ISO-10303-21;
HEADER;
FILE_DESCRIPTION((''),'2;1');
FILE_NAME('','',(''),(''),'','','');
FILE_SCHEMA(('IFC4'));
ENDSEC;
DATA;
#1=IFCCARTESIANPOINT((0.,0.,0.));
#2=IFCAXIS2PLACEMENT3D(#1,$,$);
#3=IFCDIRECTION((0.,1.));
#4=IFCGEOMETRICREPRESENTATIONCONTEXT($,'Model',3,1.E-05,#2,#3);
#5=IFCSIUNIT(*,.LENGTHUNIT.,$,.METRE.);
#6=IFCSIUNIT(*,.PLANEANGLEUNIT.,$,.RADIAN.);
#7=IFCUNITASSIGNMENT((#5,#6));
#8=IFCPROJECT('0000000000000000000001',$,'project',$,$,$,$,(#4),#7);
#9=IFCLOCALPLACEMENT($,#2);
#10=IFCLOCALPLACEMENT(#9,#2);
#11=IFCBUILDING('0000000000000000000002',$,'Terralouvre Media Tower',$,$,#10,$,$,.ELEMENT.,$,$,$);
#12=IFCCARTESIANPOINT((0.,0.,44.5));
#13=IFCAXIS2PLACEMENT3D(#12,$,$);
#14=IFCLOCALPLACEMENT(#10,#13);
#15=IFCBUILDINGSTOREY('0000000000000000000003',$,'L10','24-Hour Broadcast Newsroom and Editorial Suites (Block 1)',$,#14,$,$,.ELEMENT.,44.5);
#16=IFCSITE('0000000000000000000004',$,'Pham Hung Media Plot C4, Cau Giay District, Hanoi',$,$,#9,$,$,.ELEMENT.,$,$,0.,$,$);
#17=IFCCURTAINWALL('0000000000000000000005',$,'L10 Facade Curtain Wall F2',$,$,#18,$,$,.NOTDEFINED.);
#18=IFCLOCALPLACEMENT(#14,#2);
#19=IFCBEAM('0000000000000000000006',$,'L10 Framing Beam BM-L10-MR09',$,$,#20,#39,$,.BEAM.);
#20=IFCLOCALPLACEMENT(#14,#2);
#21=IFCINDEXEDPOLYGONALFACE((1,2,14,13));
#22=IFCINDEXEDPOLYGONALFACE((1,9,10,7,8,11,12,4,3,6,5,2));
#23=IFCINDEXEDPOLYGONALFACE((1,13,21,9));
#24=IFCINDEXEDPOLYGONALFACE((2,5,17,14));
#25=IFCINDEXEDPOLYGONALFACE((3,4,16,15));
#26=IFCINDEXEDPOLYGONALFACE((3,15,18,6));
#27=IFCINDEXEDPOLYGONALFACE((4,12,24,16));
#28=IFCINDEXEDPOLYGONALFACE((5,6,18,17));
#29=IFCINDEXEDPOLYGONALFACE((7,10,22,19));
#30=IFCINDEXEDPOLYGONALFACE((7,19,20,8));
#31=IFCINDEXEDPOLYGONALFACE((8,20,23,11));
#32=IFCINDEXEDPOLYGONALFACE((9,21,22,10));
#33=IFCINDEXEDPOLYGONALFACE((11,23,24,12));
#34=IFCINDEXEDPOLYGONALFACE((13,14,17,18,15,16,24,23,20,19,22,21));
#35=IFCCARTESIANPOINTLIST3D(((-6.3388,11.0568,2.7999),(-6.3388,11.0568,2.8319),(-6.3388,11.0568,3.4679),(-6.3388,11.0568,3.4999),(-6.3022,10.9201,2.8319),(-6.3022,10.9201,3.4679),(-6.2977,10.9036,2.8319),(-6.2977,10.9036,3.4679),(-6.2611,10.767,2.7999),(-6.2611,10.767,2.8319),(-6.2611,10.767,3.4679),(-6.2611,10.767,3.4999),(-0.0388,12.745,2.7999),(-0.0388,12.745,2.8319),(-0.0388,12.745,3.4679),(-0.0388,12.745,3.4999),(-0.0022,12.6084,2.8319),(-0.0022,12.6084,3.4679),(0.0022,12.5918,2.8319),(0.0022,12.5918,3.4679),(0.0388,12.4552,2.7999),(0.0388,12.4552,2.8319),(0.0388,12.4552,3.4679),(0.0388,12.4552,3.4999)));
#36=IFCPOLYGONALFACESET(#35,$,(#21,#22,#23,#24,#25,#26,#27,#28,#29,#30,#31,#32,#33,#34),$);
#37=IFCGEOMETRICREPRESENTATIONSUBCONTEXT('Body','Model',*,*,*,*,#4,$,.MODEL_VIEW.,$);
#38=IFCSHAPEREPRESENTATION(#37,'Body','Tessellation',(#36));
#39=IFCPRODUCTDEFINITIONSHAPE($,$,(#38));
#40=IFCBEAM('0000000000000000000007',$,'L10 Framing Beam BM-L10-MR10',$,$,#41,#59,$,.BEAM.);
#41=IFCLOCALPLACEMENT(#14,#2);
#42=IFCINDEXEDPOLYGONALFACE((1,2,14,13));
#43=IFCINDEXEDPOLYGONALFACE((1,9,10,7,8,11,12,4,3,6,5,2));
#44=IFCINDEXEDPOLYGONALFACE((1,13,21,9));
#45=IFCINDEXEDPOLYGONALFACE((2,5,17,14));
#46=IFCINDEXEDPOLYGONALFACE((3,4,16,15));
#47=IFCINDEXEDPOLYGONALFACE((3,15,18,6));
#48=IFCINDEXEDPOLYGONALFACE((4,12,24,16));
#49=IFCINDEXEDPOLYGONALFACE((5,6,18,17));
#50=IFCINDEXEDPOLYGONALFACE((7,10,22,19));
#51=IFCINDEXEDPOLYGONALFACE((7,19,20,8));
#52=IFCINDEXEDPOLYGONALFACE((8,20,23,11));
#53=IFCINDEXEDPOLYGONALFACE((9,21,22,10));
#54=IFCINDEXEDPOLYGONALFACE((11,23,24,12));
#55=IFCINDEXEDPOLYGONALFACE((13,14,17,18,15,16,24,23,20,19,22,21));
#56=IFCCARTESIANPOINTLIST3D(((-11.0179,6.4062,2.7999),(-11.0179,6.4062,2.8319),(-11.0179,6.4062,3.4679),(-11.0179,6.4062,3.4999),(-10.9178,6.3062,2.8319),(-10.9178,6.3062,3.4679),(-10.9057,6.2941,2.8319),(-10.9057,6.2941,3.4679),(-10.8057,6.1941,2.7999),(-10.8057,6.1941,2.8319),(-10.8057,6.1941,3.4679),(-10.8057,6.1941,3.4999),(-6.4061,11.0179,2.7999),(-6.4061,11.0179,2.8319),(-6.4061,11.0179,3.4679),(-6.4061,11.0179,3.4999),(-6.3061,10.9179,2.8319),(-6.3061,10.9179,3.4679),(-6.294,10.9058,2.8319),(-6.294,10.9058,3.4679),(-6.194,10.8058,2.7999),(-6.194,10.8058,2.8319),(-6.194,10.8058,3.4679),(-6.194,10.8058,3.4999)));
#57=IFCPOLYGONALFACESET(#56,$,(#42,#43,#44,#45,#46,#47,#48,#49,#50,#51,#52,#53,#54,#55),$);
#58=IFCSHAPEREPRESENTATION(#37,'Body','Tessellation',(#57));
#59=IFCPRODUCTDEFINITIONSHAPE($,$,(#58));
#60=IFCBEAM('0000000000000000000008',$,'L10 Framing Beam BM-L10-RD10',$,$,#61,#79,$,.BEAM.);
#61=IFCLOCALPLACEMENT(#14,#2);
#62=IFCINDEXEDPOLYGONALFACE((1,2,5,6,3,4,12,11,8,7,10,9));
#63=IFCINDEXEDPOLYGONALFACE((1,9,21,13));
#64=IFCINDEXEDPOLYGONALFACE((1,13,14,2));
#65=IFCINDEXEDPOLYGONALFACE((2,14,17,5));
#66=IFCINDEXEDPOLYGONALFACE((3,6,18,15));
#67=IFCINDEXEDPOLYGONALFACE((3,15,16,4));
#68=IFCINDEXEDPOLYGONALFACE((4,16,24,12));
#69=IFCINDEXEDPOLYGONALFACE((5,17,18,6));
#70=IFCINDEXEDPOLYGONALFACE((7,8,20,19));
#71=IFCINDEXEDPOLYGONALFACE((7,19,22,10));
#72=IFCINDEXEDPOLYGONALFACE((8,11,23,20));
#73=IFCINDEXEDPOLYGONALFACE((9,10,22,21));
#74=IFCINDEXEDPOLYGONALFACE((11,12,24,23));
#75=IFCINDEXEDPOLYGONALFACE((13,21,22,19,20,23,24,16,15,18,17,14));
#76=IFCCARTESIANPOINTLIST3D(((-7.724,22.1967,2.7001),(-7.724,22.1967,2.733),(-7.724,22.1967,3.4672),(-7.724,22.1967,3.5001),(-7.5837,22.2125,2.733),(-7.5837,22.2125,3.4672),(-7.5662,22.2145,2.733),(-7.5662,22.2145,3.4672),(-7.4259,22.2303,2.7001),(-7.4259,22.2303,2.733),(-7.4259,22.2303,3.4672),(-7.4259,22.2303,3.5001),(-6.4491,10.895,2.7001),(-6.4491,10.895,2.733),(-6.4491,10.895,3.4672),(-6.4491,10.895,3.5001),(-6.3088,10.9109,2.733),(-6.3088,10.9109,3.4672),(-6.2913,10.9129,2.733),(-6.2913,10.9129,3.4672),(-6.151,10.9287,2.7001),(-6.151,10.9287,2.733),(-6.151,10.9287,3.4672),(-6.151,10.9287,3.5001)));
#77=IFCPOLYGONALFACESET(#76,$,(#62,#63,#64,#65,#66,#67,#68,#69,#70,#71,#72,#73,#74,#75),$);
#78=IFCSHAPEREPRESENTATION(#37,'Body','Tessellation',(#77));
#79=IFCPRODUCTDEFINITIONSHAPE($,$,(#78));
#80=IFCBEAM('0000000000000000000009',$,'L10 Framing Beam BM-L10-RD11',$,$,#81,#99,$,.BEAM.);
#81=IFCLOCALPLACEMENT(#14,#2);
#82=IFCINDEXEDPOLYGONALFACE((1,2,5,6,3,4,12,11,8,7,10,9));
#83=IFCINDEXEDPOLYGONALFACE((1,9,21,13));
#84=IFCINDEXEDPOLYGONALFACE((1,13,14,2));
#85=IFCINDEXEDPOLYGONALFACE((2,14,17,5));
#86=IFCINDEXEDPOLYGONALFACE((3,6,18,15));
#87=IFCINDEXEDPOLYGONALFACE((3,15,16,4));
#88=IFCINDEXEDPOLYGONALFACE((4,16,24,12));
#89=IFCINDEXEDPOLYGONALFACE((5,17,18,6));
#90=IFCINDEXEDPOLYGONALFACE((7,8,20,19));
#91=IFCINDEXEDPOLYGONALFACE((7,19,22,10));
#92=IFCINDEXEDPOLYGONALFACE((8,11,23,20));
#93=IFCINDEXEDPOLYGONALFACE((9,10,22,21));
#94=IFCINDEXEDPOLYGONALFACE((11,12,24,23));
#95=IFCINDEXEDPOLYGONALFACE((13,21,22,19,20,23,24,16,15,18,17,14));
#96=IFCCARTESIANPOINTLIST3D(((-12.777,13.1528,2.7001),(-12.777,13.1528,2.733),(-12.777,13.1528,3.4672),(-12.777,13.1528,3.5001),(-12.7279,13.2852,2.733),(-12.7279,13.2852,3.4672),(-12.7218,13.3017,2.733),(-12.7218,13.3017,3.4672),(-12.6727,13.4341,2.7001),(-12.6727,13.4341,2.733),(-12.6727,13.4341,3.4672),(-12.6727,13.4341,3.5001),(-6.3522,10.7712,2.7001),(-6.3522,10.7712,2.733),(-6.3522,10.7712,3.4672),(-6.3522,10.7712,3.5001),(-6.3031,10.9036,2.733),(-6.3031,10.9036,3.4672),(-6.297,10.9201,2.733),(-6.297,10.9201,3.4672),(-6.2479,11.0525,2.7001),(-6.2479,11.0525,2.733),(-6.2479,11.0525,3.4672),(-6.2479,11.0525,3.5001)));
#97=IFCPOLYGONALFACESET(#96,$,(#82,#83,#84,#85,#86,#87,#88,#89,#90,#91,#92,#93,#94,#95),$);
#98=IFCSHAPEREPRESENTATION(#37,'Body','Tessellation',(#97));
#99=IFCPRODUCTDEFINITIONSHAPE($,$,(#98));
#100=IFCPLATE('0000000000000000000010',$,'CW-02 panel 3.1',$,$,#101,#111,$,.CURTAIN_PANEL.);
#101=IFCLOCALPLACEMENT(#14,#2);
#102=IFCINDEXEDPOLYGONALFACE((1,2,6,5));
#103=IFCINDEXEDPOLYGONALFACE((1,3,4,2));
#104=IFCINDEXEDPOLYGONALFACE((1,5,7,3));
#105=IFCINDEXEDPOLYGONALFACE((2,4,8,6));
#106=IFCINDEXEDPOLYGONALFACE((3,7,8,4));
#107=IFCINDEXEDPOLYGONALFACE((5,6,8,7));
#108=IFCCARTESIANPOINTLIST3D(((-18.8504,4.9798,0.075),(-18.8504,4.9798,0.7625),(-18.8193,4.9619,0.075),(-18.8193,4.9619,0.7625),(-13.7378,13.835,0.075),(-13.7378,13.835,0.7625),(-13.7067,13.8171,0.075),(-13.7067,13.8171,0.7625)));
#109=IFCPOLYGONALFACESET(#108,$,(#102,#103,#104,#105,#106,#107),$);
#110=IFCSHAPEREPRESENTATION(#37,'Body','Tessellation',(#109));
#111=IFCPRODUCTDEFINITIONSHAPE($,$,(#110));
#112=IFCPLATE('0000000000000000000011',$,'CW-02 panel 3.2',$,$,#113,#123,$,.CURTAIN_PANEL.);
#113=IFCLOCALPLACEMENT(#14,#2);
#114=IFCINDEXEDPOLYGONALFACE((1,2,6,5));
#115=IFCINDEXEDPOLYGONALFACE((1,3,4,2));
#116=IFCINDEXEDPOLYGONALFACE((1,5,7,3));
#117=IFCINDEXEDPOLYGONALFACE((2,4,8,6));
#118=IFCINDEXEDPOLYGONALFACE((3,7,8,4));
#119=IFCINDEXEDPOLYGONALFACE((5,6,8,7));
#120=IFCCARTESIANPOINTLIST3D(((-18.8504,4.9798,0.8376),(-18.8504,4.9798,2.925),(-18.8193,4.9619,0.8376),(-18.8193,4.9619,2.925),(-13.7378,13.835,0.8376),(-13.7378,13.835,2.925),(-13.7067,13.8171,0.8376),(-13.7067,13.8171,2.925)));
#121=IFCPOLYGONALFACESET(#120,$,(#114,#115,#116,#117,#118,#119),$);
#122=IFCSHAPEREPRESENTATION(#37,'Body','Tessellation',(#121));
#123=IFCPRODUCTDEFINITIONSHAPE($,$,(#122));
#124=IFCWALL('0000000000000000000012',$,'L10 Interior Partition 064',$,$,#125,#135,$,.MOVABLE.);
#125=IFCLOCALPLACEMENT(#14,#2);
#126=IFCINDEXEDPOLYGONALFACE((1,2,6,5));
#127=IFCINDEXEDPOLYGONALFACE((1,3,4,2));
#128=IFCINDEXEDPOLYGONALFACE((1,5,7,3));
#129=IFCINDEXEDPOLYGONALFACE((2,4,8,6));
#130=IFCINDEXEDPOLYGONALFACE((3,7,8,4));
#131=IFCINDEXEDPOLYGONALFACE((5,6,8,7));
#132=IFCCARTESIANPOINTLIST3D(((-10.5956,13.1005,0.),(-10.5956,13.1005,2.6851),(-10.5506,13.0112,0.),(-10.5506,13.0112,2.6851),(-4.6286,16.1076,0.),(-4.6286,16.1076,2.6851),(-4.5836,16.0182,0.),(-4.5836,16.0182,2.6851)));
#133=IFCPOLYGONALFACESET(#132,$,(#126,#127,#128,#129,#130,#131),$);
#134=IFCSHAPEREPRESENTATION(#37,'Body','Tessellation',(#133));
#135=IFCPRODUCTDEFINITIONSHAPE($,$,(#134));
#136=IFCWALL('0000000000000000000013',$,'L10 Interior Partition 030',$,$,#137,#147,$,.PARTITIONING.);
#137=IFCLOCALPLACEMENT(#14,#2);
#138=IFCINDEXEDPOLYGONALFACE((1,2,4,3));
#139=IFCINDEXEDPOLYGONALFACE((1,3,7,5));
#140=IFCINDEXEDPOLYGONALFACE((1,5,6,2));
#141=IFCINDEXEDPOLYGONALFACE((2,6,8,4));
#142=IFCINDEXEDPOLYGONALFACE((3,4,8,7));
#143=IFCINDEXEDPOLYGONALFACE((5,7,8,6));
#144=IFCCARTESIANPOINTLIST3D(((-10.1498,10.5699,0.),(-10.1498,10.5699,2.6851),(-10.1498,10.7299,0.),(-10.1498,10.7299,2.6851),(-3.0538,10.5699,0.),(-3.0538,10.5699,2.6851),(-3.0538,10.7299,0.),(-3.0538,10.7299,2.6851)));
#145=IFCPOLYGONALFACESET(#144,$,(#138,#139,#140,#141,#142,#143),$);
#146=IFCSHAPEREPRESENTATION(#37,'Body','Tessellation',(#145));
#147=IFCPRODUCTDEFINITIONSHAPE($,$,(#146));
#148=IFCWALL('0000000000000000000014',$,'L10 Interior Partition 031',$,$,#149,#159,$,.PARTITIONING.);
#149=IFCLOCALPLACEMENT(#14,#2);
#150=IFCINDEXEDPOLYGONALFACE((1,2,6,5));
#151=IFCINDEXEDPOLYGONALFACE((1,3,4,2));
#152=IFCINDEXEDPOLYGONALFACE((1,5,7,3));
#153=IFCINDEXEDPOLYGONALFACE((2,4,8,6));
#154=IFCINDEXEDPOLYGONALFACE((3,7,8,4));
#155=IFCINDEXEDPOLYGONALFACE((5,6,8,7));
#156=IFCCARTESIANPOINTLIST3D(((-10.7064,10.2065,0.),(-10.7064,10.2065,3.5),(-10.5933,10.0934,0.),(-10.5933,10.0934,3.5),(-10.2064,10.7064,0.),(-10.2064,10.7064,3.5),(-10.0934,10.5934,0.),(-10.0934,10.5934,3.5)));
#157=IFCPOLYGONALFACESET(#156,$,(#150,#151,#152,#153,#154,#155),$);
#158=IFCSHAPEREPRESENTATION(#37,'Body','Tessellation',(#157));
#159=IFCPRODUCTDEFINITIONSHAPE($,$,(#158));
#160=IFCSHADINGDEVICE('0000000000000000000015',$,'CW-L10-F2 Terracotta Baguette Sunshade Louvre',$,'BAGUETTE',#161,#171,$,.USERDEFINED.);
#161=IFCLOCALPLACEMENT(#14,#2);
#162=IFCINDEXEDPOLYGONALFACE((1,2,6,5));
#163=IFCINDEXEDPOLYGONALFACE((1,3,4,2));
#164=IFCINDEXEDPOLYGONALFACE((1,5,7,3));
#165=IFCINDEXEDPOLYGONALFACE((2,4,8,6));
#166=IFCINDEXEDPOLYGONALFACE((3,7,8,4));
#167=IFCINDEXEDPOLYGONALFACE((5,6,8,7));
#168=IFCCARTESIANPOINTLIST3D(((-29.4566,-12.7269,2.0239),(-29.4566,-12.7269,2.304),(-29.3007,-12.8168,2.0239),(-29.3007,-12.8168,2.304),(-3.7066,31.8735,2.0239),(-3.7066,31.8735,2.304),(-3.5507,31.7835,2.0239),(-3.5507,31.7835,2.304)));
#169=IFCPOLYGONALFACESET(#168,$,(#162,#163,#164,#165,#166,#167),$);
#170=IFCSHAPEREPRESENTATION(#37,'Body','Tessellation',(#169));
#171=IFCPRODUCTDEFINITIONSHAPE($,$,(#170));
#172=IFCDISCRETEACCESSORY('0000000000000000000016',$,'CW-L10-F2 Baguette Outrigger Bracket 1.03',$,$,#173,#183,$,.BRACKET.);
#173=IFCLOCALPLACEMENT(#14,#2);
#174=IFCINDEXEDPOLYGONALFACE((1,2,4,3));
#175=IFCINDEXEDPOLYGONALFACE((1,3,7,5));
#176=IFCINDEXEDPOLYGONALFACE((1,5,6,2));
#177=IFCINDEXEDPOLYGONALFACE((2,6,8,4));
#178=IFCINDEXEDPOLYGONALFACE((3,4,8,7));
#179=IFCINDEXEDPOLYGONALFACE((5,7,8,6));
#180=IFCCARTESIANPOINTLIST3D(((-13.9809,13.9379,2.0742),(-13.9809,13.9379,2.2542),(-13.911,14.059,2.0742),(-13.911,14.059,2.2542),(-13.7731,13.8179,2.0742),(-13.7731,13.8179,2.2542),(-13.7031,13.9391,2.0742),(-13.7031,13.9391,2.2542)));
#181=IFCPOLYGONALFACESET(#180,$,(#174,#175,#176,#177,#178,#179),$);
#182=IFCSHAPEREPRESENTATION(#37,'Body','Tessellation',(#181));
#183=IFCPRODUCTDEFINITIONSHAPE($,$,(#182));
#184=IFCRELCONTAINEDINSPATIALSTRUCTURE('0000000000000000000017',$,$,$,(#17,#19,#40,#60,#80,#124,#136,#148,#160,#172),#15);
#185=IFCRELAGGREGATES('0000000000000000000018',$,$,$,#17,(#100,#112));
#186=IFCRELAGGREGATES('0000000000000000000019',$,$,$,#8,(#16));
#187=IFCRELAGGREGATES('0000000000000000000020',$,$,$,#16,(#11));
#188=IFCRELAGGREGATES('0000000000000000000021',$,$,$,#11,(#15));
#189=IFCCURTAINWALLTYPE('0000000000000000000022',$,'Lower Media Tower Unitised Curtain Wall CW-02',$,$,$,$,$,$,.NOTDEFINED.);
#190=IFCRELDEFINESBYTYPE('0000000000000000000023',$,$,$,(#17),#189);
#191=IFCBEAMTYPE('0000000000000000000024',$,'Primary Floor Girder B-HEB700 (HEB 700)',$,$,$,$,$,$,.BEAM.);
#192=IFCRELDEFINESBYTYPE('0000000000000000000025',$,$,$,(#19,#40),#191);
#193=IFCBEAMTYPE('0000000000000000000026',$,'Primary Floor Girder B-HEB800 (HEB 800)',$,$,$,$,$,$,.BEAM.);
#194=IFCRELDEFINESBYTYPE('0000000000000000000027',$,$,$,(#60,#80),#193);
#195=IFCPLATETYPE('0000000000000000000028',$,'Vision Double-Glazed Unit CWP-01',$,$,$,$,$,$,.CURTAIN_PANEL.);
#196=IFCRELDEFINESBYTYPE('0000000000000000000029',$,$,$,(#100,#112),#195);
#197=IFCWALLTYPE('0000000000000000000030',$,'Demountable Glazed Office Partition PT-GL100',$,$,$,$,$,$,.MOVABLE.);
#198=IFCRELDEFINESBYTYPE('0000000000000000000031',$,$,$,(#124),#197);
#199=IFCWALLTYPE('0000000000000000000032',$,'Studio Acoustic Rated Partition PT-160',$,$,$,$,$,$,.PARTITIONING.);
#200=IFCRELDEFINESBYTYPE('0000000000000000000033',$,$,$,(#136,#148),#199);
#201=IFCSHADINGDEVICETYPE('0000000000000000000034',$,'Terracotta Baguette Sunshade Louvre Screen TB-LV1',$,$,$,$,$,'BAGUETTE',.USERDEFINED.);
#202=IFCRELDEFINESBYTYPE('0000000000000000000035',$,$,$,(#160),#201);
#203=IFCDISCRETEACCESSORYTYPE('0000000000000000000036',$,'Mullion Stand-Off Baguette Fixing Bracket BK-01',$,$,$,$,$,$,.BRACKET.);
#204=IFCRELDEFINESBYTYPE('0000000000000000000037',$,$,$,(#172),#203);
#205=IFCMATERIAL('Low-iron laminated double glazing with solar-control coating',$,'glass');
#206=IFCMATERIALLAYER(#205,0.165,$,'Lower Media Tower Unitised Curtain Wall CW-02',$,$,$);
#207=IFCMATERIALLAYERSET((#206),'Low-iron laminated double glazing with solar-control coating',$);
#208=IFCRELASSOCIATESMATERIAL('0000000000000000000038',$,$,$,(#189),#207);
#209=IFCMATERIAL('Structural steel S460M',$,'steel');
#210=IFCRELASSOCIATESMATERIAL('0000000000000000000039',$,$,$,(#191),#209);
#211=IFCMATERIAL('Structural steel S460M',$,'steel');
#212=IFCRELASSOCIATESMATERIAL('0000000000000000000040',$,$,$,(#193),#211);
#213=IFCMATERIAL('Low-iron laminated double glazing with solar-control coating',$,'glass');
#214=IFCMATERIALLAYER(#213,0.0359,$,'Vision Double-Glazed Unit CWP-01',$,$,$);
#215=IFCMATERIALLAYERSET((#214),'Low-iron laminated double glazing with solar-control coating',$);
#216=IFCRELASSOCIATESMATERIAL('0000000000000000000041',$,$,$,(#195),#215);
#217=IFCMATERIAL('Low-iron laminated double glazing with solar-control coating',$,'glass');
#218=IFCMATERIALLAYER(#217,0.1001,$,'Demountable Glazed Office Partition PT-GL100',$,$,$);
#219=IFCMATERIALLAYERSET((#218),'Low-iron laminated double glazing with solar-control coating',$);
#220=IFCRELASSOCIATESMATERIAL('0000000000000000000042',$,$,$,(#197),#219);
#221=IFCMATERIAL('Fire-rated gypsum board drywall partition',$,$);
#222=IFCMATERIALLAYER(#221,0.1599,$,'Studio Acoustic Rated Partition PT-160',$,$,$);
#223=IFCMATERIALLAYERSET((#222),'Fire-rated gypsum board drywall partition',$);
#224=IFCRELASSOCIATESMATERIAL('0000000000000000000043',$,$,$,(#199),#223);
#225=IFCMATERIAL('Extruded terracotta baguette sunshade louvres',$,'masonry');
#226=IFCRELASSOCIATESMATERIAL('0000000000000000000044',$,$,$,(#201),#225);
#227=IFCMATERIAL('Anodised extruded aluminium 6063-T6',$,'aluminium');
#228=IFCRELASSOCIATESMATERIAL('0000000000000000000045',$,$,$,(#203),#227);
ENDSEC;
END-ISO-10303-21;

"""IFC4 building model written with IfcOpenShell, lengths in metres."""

from ifc_helpers import new_model, si_unit, direction, frame, frame_2d, origin, origin_2d, place, context, subcontext, project, spatial, rectangle, i_section, extrude, material, layer, layer_set, material_profile, profile_set, type_object, element, aggregate, save


model = new_model("IFC4")

# Units and contexts
model_context = context("Model", 3, precision=1e-05, world=origin(), true_north=direction((0.0, 1.0)))
body_context = subcontext(model_context, "Body", "Model", "MODEL_VIEW")
ifc_project = project(units=[si_unit("LENGTHUNIT", "METRE"), si_unit("PLANEANGLEUNIT", "RADIAN")], contexts=[model_context])

# Site, building, storey
site_placement = place(None, origin())
site = spatial("IfcSite", under=ifc_project, at=site_placement, Name="Pham Hung Media Plot C4, Cau Giay District, Hanoi", CompositionType="ELEMENT", RefElevation=0.0)
building_placement = place(site_placement, origin())
building = spatial("IfcBuilding", under=site, at=building_placement, Name="Terralouvre Media Tower", CompositionType="ELEMENT")
storey_placement = place(building_placement, frame((0.0, 0.0, 44.5)))
storey = spatial("IfcBuildingStorey", under=building, at=storey_placement, Name="L10", Description="24-Hour Broadcast Newsroom and Editorial Suites (Block 1)", CompositionType="ELEMENT", Elevation=44.5)

# Curtain wall
ifc_material_1 = material(Name="Low-iron laminated double glazing with solar-control coating", Category="glass")
ifc_layer_1 = layer(ifc_material_1, 0.165, Name="Lower Media Tower Unitised Curtain Wall CW-02")
ifc_layer_set_1 = layer_set([ifc_layer_1], Name="Low-iron laminated double glazing with solar-control coating")
curtain_wall_type = type_object("IfcCurtainWallType", Name="Lower Media Tower Unitised Curtain Wall CW-02", PredefinedType="NOTDEFINED", material=ifc_layer_set_1)
curtain_wall_placement = place(storey_placement, origin())
curtain_wall = element("IfcCurtainWall", 1, at=curtain_wall_placement, inside=storey, type_object=curtain_wall_type, Name="L10 Facade Curtain Wall F2", PredefinedType="NOTDEFINED")

# Beams
ifc_material_2 = material(Name="Structural steel S460M", Category="steel")
ifc_material_profile_1 = material_profile(ifc_material_2, i_section(OverallWidth=0.3, OverallDepth=0.7, WebThickness=0.0171, FlangeThickness=0.032, at=origin_2d()), Name="HEB 700")
ifc_profile_set_1 = profile_set([ifc_material_profile_1], Name="Structural steel S460M")
beam_type_1 = type_object("IfcBeamType", Name="Primary Floor Girder B-HEB700 (HEB 700)", PredefinedType="BEAM", material=ifc_profile_set_1)
beam_1_placement = place(storey_placement, frame((0.0, 12.6001, 3.1499), z_axis=(-0.96592, -0.258839, 0.0), x_axis=(0.258839, -0.96592, 0.0)))
element("IfcBeam", 2, at=beam_1_placement, inside=storey, type_object=beam_type_1, Name="L10 Framing Beam BM-L10-MR09", PredefinedType="BEAM", context=body_context, shape_type="SweptSolid", body=[
    extrude(i_section(OverallWidth=0.3, OverallDepth=0.7, WebThickness=0.0171, FlangeThickness=0.032, at=origin_2d()), origin(), (0.0, 0.0, 1.0), 6.5222),
])
beam_2_placement = place(storey_placement, frame((-6.3, 10.9119, 3.1499), z_axis=(-0.707107, -0.707107, 0.0), x_axis=(0.707107, -0.707107, 0.0)))
element("IfcBeam", 3, at=beam_2_placement, inside=storey, type_object=beam_type_1, Name="L10 Framing Beam BM-L10-MR10", PredefinedType="BEAM", context=body_context, shape_type="SweptSolid", body=[
    extrude(i_section(OverallWidth=0.3, OverallDepth=0.7, WebThickness=0.0171, FlangeThickness=0.032, at=origin_2d()), origin(), (0.0, 0.0, 1.0), 6.522),
])
ifc_material_3 = material(Name="Structural steel S460M", Category="steel")
ifc_material_profile_2 = material_profile(ifc_material_3, i_section(OverallWidth=0.3, OverallDepth=0.8, WebThickness=0.0176, FlangeThickness=0.033, at=origin_2d()), Name="HEB 800")
ifc_profile_set_2 = profile_set([ifc_material_profile_2], Name="Structural steel S460M")
beam_type_2 = type_object("IfcBeamType", Name="Primary Floor Girder B-HEB800 (HEB 800)", PredefinedType="BEAM", material=ifc_profile_set_2)
beam_3_placement = place(storey_placement, frame((-6.3, 10.9119, 3.1001), z_axis=(-0.112097, 0.993697, 0.0), x_axis=(-0.993697, -0.112097, 0.0)))
element("IfcBeam", 4, at=beam_3_placement, inside=storey, type_object=beam_type_2, Name="L10 Framing Beam BM-L10-RD10", PredefinedType="BEAM", context=body_context, shape_type="SweptSolid", body=[
    extrude(i_section(OverallWidth=0.3, OverallDepth=0.8, WebThickness=0.0176, FlangeThickness=0.033, at=origin_2d()), origin(), (0.0, 0.0, 1.0), 11.3733),
])
beam_4_placement = place(storey_placement, frame((-6.3, 10.9119, 3.1001), z_axis=(-0.937652, 0.347575, 0.0), x_axis=(-0.347575, -0.937652, 0.0)))
element("IfcBeam", 5, at=beam_4_placement, inside=storey, type_object=beam_type_2, Name="L10 Framing Beam BM-L10-RD11", PredefinedType="BEAM", context=body_context, shape_type="SweptSolid", body=[
    extrude(i_section(OverallWidth=0.3, OverallDepth=0.8, WebThickness=0.0176, FlangeThickness=0.033, at=origin_2d()), origin(), (0.0, 0.0, 1.0), 6.8521),
])

# Plates
ifc_material_4 = material(Name="Low-iron laminated double glazing with solar-control coating", Category="glass")
ifc_layer_2 = layer(ifc_material_4, 0.0359, Name="Vision Double-Glazed Unit CWP-01")
ifc_layer_set_2 = layer_set([ifc_layer_2], Name="Low-iron laminated double glazing with solar-control coating")
plate_type = type_object("IfcPlateType", Name="Vision Double-Glazed Unit CWP-01", PredefinedType="CURTAIN_PANEL", material=ifc_layer_set_2)
plate_1_placement = place(storey_placement, frame((-16.2786, 9.3984, 0.075), z_axis=(0.0, 0.0, 1.0), x_axis=(-0.5, -0.866025, 0.0)))
plate_1 = element("IfcPlate", 6, at=plate_1_placement, type_object=plate_type, Name="CW-02 panel 3.1", PredefinedType="CURTAIN_PANEL", context=body_context, shape_type="SweptSolid", body=[
    extrude(rectangle(XDim=10.2251, YDim=0.0359, at=origin_2d()), origin(), (0.0, 0.0, 1.0), 0.6875),
])
plate_2_placement = place(storey_placement, frame((-16.2786, 9.3984, 0.8376), z_axis=(0.0, 0.0, 1.0), x_axis=(-0.5, -0.866025, 0.0)))
plate_2 = element("IfcPlate", 7, at=plate_2_placement, type_object=plate_type, Name="CW-02 panel 3.2", PredefinedType="CURTAIN_PANEL", context=body_context, shape_type="SweptSolid", body=[
    extrude(rectangle(XDim=10.2251, YDim=0.0359, at=origin_2d()), origin(), (0.0, 0.0, 1.0), 2.0874),
])
aggregate(curtain_wall, [plate_1, plate_2])

# Walls
ifc_material_5 = material(Name="Low-iron laminated double glazing with solar-control coating", Category="glass")
ifc_layer_3 = layer(ifc_material_5, 0.1001, Name="Demountable Glazed Office Partition PT-GL100")
ifc_layer_set_3 = layer_set([ifc_layer_3], Name="Low-iron laminated double glazing with solar-control coating")
wall_type_1 = type_object("IfcWallType", Name="Demountable Glazed Office Partition PT-GL100", PredefinedType="MOVABLE", material=ifc_layer_set_3)
wall_1_placement = place(storey_placement, frame((-10.573, 13.0559, 0.0), z_axis=(0.0, 0.0, 1.0), x_axis=(0.893012, 0.450032, 0.0)))
element("IfcWall", 8, at=wall_1_placement, inside=storey, type_object=wall_type_1, Name="L10 Interior Partition 064", PredefinedType="MOVABLE", context=body_context, shape_type="SweptSolid", body=[
    extrude(rectangle(XDim=6.6819, YDim=0.1001, at=frame_2d((3.3408, 0.0))), origin(), (0.0, 0.0, 1.0), 2.6851),
])
ifc_material_6 = material(Name="Fire-rated gypsum board drywall partition")
ifc_layer_4 = layer(ifc_material_6, 0.1599, Name="Studio Acoustic Rated Partition PT-160")
ifc_layer_set_4 = layer_set([ifc_layer_4], Name="Fire-rated gypsum board drywall partition")
wall_type_2 = type_object("IfcWallType", Name="Studio Acoustic Rated Partition PT-160", PredefinedType="PARTITIONING", material=ifc_layer_set_4)
wall_2_placement = place(storey_placement, frame((-3.054, 10.6499, 0.0), z_axis=(0.0, 0.0, 1.0), x_axis=(-1.0, 0.0, 0.0)))
element("IfcWall", 9, at=wall_2_placement, inside=storey, type_object=wall_type_2, Name="L10 Interior Partition 030", PredefinedType="PARTITIONING", context=body_context, shape_type="SweptSolid", body=[
    extrude(rectangle(XDim=7.0959, YDim=0.1599, at=frame_2d((3.5479, 0.0))), origin(), (0.0, 0.0, 1.0), 2.6851),
])
wall_3_placement = place(storey_placement, frame((-10.1499, 10.6499, 0.0), z_axis=(0.0, 0.0, 1.0), x_axis=(-0.707107, -0.707107, 0.0)))
element("IfcWall", 10, at=wall_3_placement, inside=storey, type_object=wall_type_2, Name="L10 Interior Partition 031", PredefinedType="PARTITIONING", context=body_context, shape_type="SweptSolid", body=[
    extrude(rectangle(XDim=0.707, YDim=0.1599, at=frame_2d((0.3535, 0.0))), origin(), (0.0, 0.0, 1.0), 3.5),
])

# Shading device
ifc_material_7 = material(Name="Extruded terracotta baguette sunshade louvres", Category="masonry")
shading_device_type = type_object("IfcShadingDeviceType", Name="Terracotta Baguette Sunshade Louvre Screen TB-LV1", ElementType="BAGUETTE", PredefinedType="USERDEFINED", material=ifc_material_7)
shading_device_placement = place(storey_placement, frame((-16.5037, 9.5283, 2.0239), z_axis=(0.0, 0.0, 1.0), x_axis=(-0.5, -0.866025, 0.0)))
element("IfcShadingDevice", 11, at=shading_device_placement, inside=storey, type_object=shading_device_type, Name="CW-L10-F2 Terracotta Baguette Sunshade Louvre", ObjectType="BAGUETTE", PredefinedType="USERDEFINED", context=body_context, shape_type="SweptSolid", body=[
    extrude(rectangle(XDim=51.5, YDim=0.1799, at=origin_2d()), origin(), (0.0, 0.0, 1.0), 0.28),
])

# Discrete accessory
ifc_material_8 = material(Name="Anodised extruded aluminium 6063-T6", Category="aluminium")
discrete_accessory_type = type_object("IfcDiscreteAccessoryType", Name="Mullion Stand-Off Baguette Fixing Bracket BK-01", PredefinedType="BRACKET", material=ifc_material_8)
discrete_accessory_placement = place(storey_placement, frame((-13.842, 13.9385, 2.0742), z_axis=(0.0, 0.0, 1.0), x_axis=(-0.5, -0.866025, 0.0)))
element("IfcDiscreteAccessory", 12, at=discrete_accessory_placement, inside=storey, type_object=discrete_accessory_type, Name="CW-L10-F2 Baguette Outrigger Bracket 1.03", PredefinedType="BRACKET", context=body_context, shape_type="SweptSolid", body=[
    extrude(rectangle(XDim=0.1399, YDim=0.24, at=origin_2d()), origin(), (0.0, 0.0, 1.0), 0.1799),
])

save(model, "model.ifc")
